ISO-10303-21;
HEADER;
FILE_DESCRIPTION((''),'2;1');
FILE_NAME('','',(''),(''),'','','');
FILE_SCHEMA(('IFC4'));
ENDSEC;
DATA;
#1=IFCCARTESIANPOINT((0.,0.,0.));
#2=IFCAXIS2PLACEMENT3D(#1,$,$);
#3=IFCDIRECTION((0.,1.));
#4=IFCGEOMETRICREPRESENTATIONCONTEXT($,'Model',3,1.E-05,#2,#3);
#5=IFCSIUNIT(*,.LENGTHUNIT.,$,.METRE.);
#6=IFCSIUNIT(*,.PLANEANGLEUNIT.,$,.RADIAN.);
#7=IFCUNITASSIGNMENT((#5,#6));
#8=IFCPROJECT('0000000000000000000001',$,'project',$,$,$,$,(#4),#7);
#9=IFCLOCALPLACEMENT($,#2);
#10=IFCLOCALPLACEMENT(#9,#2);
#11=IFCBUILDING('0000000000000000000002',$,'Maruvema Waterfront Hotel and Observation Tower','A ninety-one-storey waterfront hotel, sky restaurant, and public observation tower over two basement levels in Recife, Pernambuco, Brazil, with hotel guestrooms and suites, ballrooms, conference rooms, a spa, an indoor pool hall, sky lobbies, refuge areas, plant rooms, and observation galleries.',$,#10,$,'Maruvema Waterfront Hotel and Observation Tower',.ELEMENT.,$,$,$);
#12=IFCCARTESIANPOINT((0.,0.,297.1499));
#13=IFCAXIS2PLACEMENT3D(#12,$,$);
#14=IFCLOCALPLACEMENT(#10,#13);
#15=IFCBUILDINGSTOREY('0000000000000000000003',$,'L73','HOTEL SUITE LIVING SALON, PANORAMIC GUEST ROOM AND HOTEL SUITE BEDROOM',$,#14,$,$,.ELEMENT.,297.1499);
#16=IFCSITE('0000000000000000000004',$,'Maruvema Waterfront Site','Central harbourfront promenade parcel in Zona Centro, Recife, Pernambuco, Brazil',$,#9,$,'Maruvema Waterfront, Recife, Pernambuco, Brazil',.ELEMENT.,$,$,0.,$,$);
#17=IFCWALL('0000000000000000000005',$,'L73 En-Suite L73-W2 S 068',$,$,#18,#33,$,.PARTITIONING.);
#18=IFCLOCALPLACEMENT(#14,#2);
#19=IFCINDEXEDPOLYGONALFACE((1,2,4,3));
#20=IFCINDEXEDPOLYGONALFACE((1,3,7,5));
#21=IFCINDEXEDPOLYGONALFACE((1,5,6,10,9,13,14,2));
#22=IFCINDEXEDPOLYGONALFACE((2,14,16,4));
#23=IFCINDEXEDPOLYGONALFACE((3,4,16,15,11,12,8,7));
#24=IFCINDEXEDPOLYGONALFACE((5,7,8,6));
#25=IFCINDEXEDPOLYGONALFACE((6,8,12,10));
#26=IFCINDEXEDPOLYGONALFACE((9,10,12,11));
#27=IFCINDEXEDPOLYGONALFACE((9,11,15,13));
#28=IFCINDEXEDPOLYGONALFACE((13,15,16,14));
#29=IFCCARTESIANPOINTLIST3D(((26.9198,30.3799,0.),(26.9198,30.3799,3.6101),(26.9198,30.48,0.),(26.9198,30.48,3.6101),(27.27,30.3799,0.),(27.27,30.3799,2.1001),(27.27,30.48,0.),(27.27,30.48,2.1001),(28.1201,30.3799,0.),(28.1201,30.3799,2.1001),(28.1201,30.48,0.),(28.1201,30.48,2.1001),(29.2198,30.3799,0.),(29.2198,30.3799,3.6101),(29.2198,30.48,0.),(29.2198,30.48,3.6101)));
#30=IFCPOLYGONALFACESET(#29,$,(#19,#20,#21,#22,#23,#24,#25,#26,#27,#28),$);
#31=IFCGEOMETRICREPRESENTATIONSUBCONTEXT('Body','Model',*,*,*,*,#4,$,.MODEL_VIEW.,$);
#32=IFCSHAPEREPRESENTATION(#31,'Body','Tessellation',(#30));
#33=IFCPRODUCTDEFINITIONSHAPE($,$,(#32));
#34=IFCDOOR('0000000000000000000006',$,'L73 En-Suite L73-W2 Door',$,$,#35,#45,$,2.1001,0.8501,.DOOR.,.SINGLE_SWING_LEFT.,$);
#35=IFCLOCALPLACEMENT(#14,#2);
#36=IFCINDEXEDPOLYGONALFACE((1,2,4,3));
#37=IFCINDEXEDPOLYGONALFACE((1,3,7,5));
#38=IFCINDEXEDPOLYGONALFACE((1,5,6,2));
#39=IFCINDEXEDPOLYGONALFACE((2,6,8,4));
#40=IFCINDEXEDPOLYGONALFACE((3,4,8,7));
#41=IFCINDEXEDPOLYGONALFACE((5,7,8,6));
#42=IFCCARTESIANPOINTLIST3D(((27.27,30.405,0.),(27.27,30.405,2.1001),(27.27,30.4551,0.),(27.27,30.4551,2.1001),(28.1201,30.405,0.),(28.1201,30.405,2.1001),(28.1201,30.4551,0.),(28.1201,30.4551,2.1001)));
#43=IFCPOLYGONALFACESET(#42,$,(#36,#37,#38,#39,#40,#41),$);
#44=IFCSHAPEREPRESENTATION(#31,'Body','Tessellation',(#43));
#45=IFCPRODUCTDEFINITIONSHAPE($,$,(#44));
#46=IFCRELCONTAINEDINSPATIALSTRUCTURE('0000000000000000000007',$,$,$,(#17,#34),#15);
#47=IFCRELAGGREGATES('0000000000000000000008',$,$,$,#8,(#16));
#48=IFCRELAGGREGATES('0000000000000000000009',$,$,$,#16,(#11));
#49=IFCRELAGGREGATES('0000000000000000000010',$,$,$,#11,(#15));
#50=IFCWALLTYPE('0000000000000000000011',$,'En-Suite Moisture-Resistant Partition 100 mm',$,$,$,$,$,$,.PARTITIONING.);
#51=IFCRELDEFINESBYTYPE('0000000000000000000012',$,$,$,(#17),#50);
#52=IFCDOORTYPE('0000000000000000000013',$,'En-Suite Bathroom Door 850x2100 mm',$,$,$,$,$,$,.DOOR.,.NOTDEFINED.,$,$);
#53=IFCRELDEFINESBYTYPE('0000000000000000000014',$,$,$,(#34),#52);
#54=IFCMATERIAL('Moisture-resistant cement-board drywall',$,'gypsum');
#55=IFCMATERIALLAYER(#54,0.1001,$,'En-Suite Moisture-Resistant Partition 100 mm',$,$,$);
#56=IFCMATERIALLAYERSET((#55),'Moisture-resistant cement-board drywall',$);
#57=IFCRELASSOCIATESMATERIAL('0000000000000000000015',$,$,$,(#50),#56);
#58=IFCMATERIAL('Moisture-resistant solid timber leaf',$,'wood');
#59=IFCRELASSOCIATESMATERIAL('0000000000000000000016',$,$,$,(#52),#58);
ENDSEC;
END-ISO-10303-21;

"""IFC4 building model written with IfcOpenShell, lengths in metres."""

from ifc_helpers import new_model, si_unit, direction, frame, frame_2d, origin, place, context, subcontext, project, spatial, rectangle, extrude, material, layer, layer_set, type_object, element, fill, save


model = new_model("IFC4")

# Units and contexts
model_context = context("Model", 3, precision=1e-05, world=origin(), true_north=direction((0.0, 1.0)))
body_context = subcontext(model_context, "Body", "Model", "MODEL_VIEW")
ifc_project = project(units=[si_unit("LENGTHUNIT", "METRE"), si_unit("PLANEANGLEUNIT", "RADIAN")], contexts=[model_context])

# Site, building, storey
site_placement = place(None, origin())
site = spatial("IfcSite", under=ifc_project, at=site_placement, Name="Maruvema Waterfront Site", Description="Central harbourfront promenade parcel in Zona Centro, Recife, Pernambuco, Brazil", LongName="Maruvema Waterfront, Recife, Pernambuco, Brazil", CompositionType="ELEMENT", RefElevation=0.0)
building_placement = place(site_placement, origin())
building = spatial("IfcBuilding", under=site, at=building_placement, Name="Maruvema Waterfront Hotel and Observation Tower", Description="A ninety-one-storey waterfront hotel, sky restaurant, and public observation tower over two basement levels in Recife, Pernambuco, Brazil, with hotel guestrooms and suites, ballrooms, conference rooms, a spa, an indoor pool hall, sky lobbies, refuge areas, plant rooms, and observation galleries.", LongName="Maruvema Waterfront Hotel and Observation Tower", CompositionType="ELEMENT")
storey_placement = place(building_placement, frame((0.0, 0.0, 297.1499)))
storey = spatial("IfcBuildingStorey", under=building, at=storey_placement, Name="L73", Description="HOTEL SUITE LIVING SALON, PANORAMIC GUEST ROOM AND HOTEL SUITE BEDROOM", CompositionType="ELEMENT", Elevation=297.1499)

# Shared definitions
ifc_material_1 = material(Name="Moisture-resistant cement-board drywall", Category="gypsum")
ifc_layer_1 = layer(ifc_material_1, 0.1001, Name="En-Suite Moisture-Resistant Partition 100 mm")
ifc_layer_set_1 = layer_set([ifc_layer_1], Name="Moisture-resistant cement-board drywall")
wall_type_1 = type_object("IfcWallType", Name="En-Suite Moisture-Resistant Partition 100 mm", PredefinedType="PARTITIONING", material=ifc_layer_set_1)

# Shared definitions
ifc_material_2 = material(Name="Moisture-resistant solid timber leaf", Category="wood")
door_type_1 = type_object("IfcDoorType", Name="En-Suite Bathroom Door 850x2100 mm", OperationType="NOTDEFINED", PredefinedType="DOOR", material=ifc_material_2)

# Wall, opening, door
wall_1_placement = place(storey_placement, frame((26.9199, 30.4299, 0.0), z_axis=(0.0, 0.0, 1.0), x_axis=(1.0, 0.0, 0.0)))
wall_1 = element("IfcWall", 1, at=wall_1_placement, inside=storey, type_object=wall_type_1, Name="L73 En-Suite L73-W2 S 068", PredefinedType="PARTITIONING", context=body_context, shape_type="SweptSolid", body=[
    extrude(rectangle(XDim=2.3, YDim=0.1001, at=frame_2d((1.1499, 0.0))), origin(), (0.0, 0.0, 1.0), 3.6101),
])
opening_1_placement = place(wall_1_placement, frame((0.3501, 0.0, 0.0)))
opening_1 = element("IfcOpeningElement", 2, at=opening_1_placement, cuts=wall_1, PredefinedType="OPENING", context=body_context, shape_type="SweptSolid", body=[
    extrude(rectangle(XDim=0.8501, YDim=2.1001, at=frame_2d((0.425, 1.05))), frame((0.0, 0.0601, 0.0), z_axis=(0.0, -1.0, 0.0), x_axis=(1.0, 0.0, 0.0)), (0.0, 0.0, 1.0), 0.1201),
])
door_1_placement = place(opening_1_placement, frame((0.8501, 0.0, 0.0), z_axis=(0.0, 0.0, 1.0), x_axis=(-1.0, 0.0, 0.0)))
door_1 = element("IfcDoor", 3, at=door_1_placement, inside=storey, type_object=door_type_1, Name="L73 En-Suite L73-W2 Door", OperationType="SINGLE_SWING_LEFT", OverallHeight=2.1001, OverallWidth=0.8501, PredefinedType="DOOR", context=body_context, shape_type="SweptSolid", body=[
    extrude(rectangle(XDim=0.8501, YDim=2.1001, at=frame_2d((0.425, 1.05))), frame((0.0, 0.0249, 0.0), z_axis=(0.0, -1.0, 0.0), x_axis=(1.0, 0.0, 0.0)), (0.0, 0.0, 1.0), 0.05),
])
fill(opening_1, door_1)

save(model, "model.ifc")
